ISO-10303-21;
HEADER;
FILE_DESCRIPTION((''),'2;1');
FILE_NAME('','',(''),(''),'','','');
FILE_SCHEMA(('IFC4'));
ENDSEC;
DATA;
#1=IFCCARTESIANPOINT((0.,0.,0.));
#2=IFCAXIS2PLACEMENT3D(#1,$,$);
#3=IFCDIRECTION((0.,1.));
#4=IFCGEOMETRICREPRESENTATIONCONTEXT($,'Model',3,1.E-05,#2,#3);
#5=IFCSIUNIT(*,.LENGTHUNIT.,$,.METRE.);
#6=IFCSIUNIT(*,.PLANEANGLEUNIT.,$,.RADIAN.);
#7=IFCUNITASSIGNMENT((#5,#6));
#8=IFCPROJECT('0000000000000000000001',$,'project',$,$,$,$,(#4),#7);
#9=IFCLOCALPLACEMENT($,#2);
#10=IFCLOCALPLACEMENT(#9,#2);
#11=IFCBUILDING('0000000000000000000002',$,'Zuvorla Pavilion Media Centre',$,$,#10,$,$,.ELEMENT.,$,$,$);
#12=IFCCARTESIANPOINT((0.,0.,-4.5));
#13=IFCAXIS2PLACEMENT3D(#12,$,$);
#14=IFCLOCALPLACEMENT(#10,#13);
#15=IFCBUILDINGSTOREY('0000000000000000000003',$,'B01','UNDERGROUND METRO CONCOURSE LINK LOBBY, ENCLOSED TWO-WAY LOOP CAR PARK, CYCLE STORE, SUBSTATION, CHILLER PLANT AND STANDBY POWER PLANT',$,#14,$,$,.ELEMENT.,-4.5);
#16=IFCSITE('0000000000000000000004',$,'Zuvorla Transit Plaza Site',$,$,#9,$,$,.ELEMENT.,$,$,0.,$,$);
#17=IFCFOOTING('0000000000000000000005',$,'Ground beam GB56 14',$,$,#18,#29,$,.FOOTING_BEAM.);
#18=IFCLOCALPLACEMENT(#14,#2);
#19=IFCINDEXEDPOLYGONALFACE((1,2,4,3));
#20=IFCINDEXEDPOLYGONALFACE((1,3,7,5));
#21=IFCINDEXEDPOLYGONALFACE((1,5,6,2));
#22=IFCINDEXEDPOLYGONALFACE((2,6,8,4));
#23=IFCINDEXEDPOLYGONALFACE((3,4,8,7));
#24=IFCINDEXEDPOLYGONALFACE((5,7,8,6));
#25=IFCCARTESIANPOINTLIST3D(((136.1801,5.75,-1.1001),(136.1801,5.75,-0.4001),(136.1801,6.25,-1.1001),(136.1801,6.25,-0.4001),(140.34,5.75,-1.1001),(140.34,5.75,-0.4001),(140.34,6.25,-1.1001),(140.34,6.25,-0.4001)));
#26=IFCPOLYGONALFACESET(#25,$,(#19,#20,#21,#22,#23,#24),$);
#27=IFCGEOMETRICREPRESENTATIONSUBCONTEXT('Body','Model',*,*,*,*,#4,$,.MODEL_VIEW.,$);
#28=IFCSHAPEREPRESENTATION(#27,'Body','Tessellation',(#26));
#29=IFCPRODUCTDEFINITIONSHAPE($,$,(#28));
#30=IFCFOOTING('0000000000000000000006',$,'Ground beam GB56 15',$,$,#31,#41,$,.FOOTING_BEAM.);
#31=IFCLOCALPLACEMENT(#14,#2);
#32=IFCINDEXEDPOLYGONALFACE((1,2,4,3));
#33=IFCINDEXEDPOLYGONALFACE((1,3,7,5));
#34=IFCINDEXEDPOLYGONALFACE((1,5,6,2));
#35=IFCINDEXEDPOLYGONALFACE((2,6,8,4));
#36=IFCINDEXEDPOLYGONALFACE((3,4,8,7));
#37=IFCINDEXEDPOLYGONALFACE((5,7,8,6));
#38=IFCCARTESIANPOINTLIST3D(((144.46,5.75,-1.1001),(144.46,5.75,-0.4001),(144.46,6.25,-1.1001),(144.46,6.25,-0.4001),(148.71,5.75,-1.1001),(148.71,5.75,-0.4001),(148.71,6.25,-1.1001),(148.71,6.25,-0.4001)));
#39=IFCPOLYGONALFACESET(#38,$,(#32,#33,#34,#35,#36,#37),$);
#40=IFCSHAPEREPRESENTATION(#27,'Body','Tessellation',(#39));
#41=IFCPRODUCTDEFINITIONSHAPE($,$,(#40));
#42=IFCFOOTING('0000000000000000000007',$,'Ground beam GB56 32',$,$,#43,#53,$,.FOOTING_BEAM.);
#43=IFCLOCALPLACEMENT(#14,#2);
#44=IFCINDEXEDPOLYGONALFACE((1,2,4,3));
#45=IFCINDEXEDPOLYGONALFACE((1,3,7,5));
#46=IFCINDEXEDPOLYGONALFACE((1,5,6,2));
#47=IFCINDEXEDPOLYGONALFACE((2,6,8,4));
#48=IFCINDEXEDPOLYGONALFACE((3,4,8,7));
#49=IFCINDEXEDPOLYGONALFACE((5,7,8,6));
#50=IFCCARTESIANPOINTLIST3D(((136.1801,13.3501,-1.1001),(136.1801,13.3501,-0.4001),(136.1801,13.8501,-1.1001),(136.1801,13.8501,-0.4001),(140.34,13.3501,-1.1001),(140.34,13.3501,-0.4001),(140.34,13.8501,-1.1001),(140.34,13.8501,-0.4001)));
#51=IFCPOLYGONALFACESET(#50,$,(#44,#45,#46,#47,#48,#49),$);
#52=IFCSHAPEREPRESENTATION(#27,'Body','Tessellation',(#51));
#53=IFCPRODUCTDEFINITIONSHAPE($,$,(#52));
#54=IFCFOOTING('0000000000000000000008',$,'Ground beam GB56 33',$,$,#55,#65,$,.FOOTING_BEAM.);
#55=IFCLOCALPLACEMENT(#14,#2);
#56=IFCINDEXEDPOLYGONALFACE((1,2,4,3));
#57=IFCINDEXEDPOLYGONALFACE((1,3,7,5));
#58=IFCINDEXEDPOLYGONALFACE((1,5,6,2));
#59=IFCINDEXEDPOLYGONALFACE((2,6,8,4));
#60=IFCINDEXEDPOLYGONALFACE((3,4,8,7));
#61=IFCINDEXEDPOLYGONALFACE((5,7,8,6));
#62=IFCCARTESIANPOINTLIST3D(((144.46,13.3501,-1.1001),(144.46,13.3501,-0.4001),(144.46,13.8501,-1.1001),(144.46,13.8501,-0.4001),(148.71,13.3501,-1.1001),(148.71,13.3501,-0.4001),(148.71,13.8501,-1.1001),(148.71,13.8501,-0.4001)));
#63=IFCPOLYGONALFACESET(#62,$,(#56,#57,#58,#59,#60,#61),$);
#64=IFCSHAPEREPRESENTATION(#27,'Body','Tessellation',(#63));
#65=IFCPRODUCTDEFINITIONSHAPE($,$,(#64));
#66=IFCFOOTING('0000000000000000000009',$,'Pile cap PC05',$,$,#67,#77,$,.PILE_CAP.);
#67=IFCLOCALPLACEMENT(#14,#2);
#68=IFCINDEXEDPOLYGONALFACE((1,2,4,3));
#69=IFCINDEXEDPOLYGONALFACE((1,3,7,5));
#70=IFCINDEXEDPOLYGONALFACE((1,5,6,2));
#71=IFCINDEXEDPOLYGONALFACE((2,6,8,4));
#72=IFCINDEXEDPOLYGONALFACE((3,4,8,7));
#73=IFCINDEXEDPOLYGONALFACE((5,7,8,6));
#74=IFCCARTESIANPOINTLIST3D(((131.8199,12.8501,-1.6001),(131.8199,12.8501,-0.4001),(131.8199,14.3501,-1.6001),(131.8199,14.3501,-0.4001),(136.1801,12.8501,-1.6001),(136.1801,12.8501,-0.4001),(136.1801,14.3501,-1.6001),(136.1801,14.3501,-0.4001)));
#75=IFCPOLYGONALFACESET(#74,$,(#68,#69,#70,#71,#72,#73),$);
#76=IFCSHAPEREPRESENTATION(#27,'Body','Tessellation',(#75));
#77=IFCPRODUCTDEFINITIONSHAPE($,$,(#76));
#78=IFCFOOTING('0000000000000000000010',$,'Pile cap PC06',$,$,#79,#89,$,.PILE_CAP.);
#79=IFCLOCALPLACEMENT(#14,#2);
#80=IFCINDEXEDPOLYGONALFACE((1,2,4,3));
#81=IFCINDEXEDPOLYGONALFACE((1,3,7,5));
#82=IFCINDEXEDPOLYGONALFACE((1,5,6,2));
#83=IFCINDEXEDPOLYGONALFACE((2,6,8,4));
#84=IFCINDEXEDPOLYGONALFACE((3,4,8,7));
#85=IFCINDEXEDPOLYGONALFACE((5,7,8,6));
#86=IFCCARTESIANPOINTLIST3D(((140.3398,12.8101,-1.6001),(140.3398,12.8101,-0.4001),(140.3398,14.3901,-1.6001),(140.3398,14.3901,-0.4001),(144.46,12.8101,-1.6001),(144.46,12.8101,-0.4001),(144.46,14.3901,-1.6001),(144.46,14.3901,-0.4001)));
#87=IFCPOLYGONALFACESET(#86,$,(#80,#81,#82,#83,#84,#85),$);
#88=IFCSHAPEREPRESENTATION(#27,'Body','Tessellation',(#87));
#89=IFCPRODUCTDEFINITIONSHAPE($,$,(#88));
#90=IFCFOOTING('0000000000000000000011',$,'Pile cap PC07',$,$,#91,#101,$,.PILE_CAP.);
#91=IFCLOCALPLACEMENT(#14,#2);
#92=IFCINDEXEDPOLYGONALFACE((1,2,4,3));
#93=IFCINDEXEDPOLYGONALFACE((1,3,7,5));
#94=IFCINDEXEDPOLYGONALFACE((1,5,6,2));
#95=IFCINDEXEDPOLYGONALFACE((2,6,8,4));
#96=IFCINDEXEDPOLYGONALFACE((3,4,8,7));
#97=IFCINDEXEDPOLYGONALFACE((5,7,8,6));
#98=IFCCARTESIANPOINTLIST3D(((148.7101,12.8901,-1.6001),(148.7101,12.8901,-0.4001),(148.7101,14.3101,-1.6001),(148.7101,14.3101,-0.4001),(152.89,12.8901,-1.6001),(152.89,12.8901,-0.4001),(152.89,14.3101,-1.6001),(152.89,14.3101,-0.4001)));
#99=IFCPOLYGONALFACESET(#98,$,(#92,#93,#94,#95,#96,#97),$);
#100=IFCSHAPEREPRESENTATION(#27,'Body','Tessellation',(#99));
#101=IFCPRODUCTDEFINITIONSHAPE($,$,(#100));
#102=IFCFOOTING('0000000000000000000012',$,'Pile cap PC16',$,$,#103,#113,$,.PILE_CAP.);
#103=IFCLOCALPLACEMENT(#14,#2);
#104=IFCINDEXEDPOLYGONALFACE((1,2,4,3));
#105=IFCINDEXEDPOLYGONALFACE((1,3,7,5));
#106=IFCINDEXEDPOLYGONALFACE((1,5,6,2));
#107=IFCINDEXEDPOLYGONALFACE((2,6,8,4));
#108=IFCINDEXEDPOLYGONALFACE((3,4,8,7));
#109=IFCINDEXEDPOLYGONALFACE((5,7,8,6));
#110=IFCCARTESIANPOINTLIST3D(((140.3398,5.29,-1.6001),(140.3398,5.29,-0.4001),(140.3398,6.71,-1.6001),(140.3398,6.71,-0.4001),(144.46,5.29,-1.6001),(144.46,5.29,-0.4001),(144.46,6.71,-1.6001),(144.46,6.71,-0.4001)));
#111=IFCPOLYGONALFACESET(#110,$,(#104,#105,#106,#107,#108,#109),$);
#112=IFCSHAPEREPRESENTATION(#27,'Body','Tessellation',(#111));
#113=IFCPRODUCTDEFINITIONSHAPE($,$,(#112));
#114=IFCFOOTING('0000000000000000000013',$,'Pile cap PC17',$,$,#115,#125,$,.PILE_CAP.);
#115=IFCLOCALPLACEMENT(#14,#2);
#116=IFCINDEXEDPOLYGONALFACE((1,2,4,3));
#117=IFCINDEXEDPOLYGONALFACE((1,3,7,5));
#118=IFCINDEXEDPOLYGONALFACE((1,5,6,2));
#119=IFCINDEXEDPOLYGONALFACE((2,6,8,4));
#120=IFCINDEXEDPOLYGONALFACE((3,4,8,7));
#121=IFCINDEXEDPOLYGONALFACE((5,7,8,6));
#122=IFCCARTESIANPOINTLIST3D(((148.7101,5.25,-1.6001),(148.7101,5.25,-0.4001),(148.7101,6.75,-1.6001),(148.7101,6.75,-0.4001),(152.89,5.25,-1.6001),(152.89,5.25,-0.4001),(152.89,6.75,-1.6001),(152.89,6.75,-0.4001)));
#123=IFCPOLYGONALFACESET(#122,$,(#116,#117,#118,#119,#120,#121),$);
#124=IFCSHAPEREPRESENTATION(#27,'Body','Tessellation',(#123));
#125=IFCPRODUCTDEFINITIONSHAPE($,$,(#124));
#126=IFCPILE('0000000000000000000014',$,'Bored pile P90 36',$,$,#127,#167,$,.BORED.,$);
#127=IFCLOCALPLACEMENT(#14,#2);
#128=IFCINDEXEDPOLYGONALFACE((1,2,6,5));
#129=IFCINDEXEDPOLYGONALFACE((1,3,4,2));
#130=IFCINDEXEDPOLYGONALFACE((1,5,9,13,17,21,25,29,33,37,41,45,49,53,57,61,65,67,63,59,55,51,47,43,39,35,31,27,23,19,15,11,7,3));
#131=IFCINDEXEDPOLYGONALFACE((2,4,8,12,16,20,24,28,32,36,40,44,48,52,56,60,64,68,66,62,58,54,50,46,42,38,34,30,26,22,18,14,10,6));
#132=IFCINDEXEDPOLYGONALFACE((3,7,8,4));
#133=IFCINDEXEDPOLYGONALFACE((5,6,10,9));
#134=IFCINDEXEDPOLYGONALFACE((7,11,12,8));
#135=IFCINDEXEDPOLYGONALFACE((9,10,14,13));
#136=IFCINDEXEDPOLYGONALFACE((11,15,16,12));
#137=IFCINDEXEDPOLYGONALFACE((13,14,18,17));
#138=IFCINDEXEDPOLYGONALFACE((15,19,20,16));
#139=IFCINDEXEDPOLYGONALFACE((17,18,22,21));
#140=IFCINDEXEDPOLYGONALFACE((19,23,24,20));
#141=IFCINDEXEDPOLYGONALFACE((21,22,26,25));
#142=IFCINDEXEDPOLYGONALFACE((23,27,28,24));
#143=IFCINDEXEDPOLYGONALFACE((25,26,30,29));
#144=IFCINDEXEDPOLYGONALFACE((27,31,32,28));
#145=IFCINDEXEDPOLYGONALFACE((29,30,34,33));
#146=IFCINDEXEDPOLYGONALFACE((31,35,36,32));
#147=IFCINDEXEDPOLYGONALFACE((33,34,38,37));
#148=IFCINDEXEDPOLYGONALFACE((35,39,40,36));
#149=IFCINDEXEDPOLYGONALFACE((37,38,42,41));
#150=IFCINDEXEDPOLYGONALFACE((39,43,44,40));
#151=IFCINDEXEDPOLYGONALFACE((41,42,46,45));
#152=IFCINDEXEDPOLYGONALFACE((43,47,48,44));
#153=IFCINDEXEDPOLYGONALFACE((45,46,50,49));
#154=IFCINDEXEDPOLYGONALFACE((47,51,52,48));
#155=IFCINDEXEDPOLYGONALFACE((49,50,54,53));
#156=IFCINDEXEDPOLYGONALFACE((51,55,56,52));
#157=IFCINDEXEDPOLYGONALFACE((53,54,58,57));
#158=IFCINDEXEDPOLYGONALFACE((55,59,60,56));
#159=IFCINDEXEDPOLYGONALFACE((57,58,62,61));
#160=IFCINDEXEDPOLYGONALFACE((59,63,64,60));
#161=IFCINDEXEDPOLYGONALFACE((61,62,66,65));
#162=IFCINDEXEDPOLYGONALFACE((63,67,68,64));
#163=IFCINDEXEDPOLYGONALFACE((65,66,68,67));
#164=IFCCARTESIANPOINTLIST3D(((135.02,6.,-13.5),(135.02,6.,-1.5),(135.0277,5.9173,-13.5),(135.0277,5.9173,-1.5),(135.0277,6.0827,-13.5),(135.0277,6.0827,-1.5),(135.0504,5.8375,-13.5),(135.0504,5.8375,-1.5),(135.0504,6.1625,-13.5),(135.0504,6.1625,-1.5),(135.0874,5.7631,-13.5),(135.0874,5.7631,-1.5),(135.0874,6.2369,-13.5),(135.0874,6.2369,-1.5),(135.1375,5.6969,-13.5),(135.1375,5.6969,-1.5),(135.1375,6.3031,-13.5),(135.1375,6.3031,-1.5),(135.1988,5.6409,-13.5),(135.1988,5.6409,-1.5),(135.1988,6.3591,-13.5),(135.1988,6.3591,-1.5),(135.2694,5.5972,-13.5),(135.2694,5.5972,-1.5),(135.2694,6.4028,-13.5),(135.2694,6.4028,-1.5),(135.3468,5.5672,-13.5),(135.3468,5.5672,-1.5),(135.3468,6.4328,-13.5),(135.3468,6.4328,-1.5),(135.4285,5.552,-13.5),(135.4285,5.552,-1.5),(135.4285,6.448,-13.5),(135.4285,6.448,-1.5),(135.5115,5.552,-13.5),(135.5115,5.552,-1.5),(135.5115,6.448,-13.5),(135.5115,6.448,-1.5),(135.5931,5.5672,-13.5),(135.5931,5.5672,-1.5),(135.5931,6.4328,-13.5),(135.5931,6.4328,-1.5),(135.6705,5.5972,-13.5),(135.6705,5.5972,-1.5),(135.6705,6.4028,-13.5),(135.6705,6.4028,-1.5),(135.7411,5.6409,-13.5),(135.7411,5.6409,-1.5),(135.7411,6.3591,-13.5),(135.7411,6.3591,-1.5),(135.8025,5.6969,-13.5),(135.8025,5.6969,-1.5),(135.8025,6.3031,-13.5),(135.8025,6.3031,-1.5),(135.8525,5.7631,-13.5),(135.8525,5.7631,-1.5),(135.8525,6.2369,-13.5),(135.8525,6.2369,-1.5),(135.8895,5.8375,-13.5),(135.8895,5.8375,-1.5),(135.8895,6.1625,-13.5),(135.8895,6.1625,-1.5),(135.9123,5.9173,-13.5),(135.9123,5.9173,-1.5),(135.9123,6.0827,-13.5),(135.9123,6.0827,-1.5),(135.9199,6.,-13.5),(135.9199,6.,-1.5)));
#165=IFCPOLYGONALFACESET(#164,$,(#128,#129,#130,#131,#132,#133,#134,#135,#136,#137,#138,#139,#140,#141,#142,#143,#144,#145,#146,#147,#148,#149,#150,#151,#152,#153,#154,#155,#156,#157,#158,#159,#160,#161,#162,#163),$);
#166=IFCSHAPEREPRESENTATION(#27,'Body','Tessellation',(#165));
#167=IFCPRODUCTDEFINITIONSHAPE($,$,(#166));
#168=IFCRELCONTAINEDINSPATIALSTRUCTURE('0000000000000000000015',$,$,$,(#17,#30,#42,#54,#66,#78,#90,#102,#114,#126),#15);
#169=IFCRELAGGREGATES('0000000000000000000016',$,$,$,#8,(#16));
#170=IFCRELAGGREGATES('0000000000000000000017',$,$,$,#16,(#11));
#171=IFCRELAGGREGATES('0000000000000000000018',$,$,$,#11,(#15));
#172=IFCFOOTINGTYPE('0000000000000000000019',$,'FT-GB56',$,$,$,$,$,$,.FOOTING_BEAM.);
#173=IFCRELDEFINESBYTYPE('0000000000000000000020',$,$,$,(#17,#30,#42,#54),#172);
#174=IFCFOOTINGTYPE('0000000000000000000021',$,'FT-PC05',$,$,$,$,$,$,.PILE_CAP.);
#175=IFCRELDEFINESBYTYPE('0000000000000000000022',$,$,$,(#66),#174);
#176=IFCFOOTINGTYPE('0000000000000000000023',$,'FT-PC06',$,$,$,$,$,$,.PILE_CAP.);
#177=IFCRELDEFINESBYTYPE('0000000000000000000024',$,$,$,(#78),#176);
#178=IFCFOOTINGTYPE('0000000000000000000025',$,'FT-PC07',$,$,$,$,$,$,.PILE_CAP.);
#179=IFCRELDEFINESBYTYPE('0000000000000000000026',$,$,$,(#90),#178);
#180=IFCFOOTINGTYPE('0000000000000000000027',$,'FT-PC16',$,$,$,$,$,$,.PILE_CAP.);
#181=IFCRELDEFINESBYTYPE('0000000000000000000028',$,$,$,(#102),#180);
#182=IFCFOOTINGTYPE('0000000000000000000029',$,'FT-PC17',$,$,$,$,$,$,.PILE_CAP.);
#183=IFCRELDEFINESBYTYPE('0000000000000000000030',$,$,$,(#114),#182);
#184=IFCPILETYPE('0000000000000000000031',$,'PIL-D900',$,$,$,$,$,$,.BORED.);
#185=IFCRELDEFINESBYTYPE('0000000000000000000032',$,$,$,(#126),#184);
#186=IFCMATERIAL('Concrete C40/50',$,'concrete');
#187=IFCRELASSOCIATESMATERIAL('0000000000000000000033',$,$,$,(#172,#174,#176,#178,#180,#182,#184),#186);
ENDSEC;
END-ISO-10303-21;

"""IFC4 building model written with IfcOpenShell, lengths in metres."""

from ifc_helpers import new_model, si_unit, direction, frame, origin, origin_2d, place, context, subcontext, project, spatial, rectangle, circle, extrude, material, material_profile, profile_set, type_object, element, save


model = new_model("IFC4")

# Units and contexts
model_context = context("Model", 3, precision=1e-05, world=origin(), true_north=direction((0.0, 1.0)))
body_context = subcontext(model_context, "Body", "Model", "MODEL_VIEW")
ifc_project = project(units=[si_unit("LENGTHUNIT", "METRE"), si_unit("PLANEANGLEUNIT", "RADIAN")], contexts=[model_context])

# Site, building, storey
site_placement = place(None, origin())
site = spatial("IfcSite", under=ifc_project, at=site_placement, Name="Zuvorla Transit Plaza Site", CompositionType="ELEMENT", RefElevation=0.0)
building_placement = place(site_placement, origin())
building = spatial("IfcBuilding", under=site, at=building_placement, Name="Zuvorla Pavilion Media Centre", CompositionType="ELEMENT")
storey_placement = place(building_placement, frame((0.0, 0.0, -4.5)))
storey = spatial("IfcBuildingStorey", under=building, at=storey_placement, Name="B01", Description="UNDERGROUND METRO CONCOURSE LINK LOBBY, ENCLOSED TWO-WAY LOOP CAR PARK, CYCLE STORE, SUBSTATION, CHILLER PLANT AND STANDBY POWER PLANT", CompositionType="ELEMENT", Elevation=-4.5)

# Footings
ifc_material = material(Name="Concrete C40/50", Category="concrete")
footing_type_1 = type_object("IfcFootingType", Name="FT-GB56", PredefinedType="FOOTING_BEAM", material=ifc_material)
footing_1_placement = place(storey_placement, frame((138.26, 6.0, -1.1001), z_axis=(0.0, 0.0, 1.0), x_axis=(1.0, 0.0, 0.0)))
element("IfcFooting", 1, at=footing_1_placement, inside=storey, type_object=footing_type_1, Name="Ground beam GB56 14", PredefinedType="FOOTING_BEAM", context=body_context, shape_type="SweptSolid", body=[
    extrude(rectangle(XDim=4.1599, YDim=0.5, at=origin_2d()), origin(), (0.0, 0.0, 1.0), 0.7),
])
footing_2_placement = place(storey_placement, frame((146.585, 6.0, -1.1001), z_axis=(0.0, 0.0, 1.0), x_axis=(1.0, 0.0, 0.0)))
element("IfcFooting", 2, at=footing_2_placement, inside=storey, type_object=footing_type_1, Name="Ground beam GB56 15", PredefinedType="FOOTING_BEAM", context=body_context, shape_type="SweptSolid", body=[
    extrude(rectangle(XDim=4.25, YDim=0.5, at=origin_2d()), origin(), (0.0, 0.0, 1.0), 0.7),
])
footing_3_placement = place(storey_placement, frame((138.26, 13.6001, -1.1001), z_axis=(0.0, 0.0, 1.0), x_axis=(1.0, 0.0, 0.0)))
element("IfcFooting", 3, at=footing_3_placement, inside=storey, type_object=footing_type_1, Name="Ground beam GB56 32", PredefinedType="FOOTING_BEAM", context=body_context, shape_type="SweptSolid", body=[
    extrude(rectangle(XDim=4.1599, YDim=0.5, at=origin_2d()), origin(), (0.0, 0.0, 1.0), 0.7),
])
footing_4_placement = place(storey_placement, frame((146.585, 13.6001, -1.1001), z_axis=(0.0, 0.0, 1.0), x_axis=(1.0, 0.0, 0.0)))
element("IfcFooting", 4, at=footing_4_placement, inside=storey, type_object=footing_type_1, Name="Ground beam GB56 33", PredefinedType="FOOTING_BEAM", context=body_context, shape_type="SweptSolid", body=[
    extrude(rectangle(XDim=4.25, YDim=0.5, at=origin_2d()), origin(), (0.0, 0.0, 1.0), 0.7),
])
footing_type_2 = type_object("IfcFootingType", Name="FT-PC05", PredefinedType="PILE_CAP", material=ifc_material)
footing_5_placement = place(storey_placement, frame((134.0, 13.6001, -1.6001), z_axis=(0.0, 0.0, 1.0), x_axis=(1.0, 0.0, 0.0)))
element("IfcFooting", 5, at=footing_5_placement, inside=storey, type_object=footing_type_2, Name="Pile cap PC05", PredefinedType="PILE_CAP", context=body_context, shape_type="SweptSolid", body=[
    extrude(rectangle(XDim=4.3601, YDim=1.5, at=origin_2d()), origin(), (0.0, 0.0, 1.0), 1.2),
])
footing_type_3 = type_object("IfcFootingType", Name="FT-PC06", PredefinedType="PILE_CAP", material=ifc_material)
footing_6_placement = place(storey_placement, frame((142.3999, 13.6001, -1.6001), z_axis=(0.0, 0.0, 1.0), x_axis=(1.0, 0.0, 0.0)))
element("IfcFooting", 6, at=footing_6_placement, inside=storey, type_object=footing_type_3, Name="Pile cap PC06", PredefinedType="PILE_CAP", context=body_context, shape_type="SweptSolid", body=[
    extrude(rectangle(XDim=4.1201, YDim=1.5801, at=origin_2d()), origin(), (0.0, 0.0, 1.0), 1.2),
])
footing_type_4 = type_object("IfcFootingType", Name="FT-PC07", PredefinedType="PILE_CAP", material=ifc_material)
footing_7_placement = place(storey_placement, frame((150.8, 13.6001, -1.6001), z_axis=(0.0, 0.0, 1.0), x_axis=(1.0, 0.0, 0.0)))
element("IfcFooting", 7, at=footing_7_placement, inside=storey, type_object=footing_type_4, Name="Pile cap PC07", PredefinedType="PILE_CAP", context=body_context, shape_type="SweptSolid", body=[
    extrude(rectangle(XDim=4.1799, YDim=1.4199, at=origin_2d()), origin(), (0.0, 0.0, 1.0), 1.2),
])
footing_type_5 = type_object("IfcFootingType", Name="FT-PC16", PredefinedType="PILE_CAP", material=ifc_material)
footing_8_placement = place(storey_placement, frame((142.3999, 6.0, -1.6001), z_axis=(0.0, 0.0, 1.0), x_axis=(1.0, 0.0, 0.0)))
element("IfcFooting", 8, at=footing_8_placement, inside=storey, type_object=footing_type_5, Name="Pile cap PC16", PredefinedType="PILE_CAP", context=body_context, shape_type="SweptSolid", body=[
    extrude(rectangle(XDim=4.1201, YDim=1.4199, at=origin_2d()), origin(), (0.0, 0.0, 1.0), 1.2),
])
footing_type_6 = type_object("IfcFootingType", Name="FT-PC17", PredefinedType="PILE_CAP", material=ifc_material)
footing_9_placement = place(storey_placement, frame((150.8, 6.0, -1.6001), z_axis=(0.0, 0.0, 1.0), x_axis=(1.0, 0.0, 0.0)))
element("IfcFooting", 9, at=footing_9_placement, inside=storey, type_object=footing_type_6, Name="Pile cap PC17", PredefinedType="PILE_CAP", context=body_context, shape_type="SweptSolid", body=[
    extrude(rectangle(XDim=4.1799, YDim=1.5, at=origin_2d()), origin(), (0.0, 0.0, 1.0), 1.2),
])

# Pile
ifc_material_profile_1 = material_profile(ifc_material, circle(Radius=0.45, at=origin_2d()), Name="BORED PILE 900")
ifc_profile_set_1 = profile_set([ifc_material_profile_1], Name="Concrete C40/50")
pile_type = type_object("IfcPileType", Name="PIL-D900", PredefinedType="BORED", material=ifc_profile_set_1)
for number, where, z_axis, x_axis, name in (
    (10, (135.47, 6.0, -1.5), (0.0, 0.0, -1.0), (1.0, 0.0, 0.0), "Bored pile P90 36"),
):
    element("IfcPile", number, at=place(storey_placement, frame(where, z_axis=z_axis, x_axis=x_axis)), inside=storey, type_object=pile_type, Name=name, PredefinedType="BORED", context=body_context, shape_type="SweptSolid", body=[
        extrude(circle(Radius=0.45, at=origin_2d()), origin(), (0.0, 0.0, 1.0), 12.0),
    ])

save(model, "model.ifc")
